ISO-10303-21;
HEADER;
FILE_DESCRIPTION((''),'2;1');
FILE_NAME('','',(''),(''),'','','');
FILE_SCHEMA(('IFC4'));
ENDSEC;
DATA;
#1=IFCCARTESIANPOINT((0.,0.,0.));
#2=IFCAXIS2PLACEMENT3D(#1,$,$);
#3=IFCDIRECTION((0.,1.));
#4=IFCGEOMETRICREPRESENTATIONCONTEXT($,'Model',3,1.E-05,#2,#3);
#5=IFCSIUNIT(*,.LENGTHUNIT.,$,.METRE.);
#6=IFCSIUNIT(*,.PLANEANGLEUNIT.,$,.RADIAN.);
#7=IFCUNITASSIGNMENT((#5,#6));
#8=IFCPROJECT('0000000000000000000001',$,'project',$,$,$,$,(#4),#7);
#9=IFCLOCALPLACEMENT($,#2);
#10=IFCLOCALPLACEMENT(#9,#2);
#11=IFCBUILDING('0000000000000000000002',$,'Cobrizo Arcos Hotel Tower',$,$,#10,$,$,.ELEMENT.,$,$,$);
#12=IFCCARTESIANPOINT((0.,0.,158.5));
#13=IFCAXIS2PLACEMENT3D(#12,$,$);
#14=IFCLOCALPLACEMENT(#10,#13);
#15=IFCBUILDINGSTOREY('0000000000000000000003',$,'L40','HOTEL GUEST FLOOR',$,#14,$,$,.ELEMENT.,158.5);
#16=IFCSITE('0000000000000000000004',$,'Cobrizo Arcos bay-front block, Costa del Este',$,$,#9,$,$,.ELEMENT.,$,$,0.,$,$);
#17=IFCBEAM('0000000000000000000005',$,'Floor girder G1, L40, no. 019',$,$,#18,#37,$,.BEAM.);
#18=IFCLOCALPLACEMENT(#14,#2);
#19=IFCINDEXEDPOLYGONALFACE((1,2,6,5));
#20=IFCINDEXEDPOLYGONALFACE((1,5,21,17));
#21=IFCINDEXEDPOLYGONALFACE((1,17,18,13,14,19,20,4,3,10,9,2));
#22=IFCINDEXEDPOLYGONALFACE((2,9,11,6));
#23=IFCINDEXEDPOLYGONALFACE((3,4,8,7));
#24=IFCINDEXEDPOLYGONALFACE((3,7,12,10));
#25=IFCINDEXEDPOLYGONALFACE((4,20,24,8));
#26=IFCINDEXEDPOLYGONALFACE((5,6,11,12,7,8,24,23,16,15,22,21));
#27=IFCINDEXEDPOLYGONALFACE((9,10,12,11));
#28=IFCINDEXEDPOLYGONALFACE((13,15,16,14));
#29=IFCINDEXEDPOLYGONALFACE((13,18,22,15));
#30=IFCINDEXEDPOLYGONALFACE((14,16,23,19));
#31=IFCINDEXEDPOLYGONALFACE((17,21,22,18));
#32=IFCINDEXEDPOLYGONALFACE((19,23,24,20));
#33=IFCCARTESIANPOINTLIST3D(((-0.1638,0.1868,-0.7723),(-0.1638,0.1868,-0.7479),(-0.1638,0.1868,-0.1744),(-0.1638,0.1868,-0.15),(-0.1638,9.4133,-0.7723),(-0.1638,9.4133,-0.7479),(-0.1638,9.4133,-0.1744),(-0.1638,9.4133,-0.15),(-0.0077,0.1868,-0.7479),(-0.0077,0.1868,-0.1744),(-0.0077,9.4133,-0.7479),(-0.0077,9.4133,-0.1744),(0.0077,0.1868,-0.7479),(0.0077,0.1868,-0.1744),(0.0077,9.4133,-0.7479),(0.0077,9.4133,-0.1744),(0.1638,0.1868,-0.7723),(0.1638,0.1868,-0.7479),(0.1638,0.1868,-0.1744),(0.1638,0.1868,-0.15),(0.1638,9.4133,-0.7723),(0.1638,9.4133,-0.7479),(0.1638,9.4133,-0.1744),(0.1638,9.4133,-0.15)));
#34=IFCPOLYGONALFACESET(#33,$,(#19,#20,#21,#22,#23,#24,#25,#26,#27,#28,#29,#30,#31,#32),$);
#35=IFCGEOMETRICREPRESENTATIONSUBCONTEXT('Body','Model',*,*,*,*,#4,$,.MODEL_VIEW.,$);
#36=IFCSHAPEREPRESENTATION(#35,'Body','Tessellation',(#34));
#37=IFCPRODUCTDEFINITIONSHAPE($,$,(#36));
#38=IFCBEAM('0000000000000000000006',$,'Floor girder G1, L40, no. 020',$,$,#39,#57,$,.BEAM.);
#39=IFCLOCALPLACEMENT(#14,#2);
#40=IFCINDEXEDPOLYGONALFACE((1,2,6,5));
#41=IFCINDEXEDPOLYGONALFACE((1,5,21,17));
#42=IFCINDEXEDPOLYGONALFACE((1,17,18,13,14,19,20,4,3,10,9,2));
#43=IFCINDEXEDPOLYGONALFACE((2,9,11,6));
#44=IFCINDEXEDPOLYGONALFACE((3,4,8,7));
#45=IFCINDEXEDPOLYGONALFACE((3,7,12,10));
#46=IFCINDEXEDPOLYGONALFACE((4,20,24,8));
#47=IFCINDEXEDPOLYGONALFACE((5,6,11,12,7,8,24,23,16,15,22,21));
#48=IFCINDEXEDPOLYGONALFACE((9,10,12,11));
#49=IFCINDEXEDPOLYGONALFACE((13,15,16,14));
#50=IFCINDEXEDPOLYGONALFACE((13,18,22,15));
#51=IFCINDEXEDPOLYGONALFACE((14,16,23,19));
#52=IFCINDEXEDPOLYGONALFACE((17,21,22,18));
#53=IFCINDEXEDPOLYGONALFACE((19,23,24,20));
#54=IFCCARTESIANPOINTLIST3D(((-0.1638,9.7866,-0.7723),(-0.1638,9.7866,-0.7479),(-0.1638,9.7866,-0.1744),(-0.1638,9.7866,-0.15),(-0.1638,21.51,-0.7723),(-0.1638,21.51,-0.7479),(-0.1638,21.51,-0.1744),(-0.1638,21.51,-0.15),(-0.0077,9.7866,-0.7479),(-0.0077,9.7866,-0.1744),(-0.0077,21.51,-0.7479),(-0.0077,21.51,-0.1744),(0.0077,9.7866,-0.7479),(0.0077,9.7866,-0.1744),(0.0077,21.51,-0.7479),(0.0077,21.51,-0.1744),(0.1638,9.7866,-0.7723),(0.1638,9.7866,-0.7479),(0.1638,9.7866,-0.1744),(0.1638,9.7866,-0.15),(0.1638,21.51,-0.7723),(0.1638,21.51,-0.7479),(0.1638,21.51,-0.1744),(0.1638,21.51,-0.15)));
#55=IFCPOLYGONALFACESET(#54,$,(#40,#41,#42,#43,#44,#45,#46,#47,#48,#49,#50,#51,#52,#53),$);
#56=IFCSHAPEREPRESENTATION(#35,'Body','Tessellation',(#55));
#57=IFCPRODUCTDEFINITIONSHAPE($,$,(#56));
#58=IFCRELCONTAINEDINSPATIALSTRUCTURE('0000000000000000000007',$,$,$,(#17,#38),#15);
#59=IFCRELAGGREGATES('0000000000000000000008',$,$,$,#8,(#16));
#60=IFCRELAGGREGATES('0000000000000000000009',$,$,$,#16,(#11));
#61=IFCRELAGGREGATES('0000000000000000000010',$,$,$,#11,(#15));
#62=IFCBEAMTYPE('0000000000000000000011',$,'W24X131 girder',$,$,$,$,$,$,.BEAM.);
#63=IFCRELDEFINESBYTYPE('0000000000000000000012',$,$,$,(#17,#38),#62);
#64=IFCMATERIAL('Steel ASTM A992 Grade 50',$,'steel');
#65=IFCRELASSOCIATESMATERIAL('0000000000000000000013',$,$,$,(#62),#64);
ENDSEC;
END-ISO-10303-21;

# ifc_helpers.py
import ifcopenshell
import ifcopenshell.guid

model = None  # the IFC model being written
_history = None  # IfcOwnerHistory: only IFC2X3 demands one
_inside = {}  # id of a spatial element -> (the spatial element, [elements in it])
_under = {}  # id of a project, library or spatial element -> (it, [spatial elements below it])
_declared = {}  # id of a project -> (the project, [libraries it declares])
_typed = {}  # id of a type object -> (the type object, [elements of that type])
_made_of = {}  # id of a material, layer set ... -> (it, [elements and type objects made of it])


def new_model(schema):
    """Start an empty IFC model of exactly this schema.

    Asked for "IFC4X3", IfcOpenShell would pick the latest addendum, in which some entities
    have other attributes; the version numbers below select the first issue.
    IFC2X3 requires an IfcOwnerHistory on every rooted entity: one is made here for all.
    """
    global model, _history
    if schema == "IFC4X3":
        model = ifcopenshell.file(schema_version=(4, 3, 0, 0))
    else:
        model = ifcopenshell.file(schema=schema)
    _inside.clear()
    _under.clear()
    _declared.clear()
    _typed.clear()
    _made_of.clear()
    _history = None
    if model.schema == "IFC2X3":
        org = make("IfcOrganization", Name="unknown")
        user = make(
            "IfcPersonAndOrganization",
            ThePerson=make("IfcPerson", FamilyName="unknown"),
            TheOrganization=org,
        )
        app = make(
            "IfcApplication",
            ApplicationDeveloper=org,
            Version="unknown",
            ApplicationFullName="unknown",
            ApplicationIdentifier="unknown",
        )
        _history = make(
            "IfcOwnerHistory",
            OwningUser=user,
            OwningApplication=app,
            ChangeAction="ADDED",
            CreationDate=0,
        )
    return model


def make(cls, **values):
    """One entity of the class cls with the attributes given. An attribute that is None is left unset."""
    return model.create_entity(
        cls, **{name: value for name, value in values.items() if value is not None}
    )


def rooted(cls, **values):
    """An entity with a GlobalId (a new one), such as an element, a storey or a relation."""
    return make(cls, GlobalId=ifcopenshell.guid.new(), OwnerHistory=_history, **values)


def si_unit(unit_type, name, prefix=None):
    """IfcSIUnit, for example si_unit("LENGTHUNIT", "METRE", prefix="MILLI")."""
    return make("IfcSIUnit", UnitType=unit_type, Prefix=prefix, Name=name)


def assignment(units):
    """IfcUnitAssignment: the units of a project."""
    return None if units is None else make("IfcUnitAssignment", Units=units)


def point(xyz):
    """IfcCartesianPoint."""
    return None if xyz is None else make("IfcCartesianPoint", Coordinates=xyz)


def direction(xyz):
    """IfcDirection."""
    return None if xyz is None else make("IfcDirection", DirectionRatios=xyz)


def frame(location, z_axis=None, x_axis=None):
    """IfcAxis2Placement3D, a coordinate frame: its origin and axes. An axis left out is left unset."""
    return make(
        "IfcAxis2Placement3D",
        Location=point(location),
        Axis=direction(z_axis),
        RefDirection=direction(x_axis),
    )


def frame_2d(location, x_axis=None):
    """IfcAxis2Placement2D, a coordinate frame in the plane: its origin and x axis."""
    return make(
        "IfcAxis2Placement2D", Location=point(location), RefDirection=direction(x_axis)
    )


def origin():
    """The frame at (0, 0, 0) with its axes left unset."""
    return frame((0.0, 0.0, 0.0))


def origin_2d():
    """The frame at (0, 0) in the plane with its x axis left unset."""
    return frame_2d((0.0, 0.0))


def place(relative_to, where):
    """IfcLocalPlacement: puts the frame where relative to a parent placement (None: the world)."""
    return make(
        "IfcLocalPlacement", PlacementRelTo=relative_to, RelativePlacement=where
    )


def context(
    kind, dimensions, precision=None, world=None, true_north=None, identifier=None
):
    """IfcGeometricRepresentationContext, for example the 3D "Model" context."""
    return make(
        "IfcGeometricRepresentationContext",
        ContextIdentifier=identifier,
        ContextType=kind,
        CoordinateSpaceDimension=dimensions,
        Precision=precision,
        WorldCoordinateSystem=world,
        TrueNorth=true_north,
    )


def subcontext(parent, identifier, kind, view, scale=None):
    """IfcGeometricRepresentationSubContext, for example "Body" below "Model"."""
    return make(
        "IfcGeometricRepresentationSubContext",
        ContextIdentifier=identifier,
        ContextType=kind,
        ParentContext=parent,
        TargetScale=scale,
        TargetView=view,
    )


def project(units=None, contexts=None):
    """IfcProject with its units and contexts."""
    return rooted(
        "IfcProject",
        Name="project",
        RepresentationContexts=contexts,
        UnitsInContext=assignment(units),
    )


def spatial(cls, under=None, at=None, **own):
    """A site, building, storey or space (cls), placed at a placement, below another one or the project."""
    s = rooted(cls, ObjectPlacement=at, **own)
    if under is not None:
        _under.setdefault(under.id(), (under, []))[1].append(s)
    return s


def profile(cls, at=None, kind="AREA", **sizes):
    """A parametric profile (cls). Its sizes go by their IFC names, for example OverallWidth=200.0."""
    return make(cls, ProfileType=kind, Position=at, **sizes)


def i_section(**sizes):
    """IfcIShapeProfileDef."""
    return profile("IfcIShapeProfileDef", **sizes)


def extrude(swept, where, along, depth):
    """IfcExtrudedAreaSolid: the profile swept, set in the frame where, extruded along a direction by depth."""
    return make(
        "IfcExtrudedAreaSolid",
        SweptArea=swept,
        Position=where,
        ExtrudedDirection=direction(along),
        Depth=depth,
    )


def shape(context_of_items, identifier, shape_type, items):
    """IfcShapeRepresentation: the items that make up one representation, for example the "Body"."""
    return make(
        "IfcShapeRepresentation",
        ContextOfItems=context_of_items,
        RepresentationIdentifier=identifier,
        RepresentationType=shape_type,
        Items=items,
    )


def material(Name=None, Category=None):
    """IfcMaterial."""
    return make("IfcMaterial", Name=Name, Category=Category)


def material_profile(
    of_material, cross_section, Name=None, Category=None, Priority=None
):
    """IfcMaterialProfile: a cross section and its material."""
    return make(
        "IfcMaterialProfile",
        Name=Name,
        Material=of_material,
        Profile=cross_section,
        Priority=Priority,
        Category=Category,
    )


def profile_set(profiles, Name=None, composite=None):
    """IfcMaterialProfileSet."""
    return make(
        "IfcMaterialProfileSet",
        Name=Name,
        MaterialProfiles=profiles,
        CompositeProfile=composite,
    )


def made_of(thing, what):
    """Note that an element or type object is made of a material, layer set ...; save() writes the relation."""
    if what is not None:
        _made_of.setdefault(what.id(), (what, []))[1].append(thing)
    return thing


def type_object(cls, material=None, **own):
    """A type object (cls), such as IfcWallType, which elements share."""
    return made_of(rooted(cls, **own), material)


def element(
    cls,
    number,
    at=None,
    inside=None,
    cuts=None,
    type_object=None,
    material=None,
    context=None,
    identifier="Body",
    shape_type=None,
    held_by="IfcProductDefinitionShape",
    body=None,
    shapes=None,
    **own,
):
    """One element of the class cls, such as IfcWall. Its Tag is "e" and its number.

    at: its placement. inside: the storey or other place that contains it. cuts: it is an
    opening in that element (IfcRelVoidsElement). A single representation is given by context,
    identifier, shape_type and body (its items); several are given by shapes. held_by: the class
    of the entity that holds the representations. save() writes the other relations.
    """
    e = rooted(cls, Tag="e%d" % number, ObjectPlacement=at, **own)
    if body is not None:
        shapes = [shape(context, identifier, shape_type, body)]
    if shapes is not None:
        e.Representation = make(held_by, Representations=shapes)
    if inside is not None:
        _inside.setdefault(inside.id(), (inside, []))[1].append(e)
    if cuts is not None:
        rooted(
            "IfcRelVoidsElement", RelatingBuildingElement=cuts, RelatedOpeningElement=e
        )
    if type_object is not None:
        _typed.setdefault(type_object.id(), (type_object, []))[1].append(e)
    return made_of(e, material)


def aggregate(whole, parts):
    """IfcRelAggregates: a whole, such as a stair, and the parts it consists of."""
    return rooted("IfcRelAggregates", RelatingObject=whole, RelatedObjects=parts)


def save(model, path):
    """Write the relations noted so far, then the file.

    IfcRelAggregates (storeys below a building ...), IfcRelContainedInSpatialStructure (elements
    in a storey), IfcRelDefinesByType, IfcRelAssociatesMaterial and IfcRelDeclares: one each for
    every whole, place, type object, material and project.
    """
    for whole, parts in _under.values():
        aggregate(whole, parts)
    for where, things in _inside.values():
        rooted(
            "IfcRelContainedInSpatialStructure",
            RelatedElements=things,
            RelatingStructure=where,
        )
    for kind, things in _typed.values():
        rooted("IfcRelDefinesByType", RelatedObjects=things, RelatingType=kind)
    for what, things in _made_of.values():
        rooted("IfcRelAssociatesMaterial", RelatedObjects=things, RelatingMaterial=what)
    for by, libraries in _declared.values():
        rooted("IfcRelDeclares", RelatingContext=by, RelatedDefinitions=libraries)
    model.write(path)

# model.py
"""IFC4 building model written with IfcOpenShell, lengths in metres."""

from ifc_helpers import new_model, si_unit, direction, frame, origin, origin_2d, place, context, subcontext, project, spatial, i_section, extrude, material, material_profile, profile_set, type_object, element, save


model = new_model("IFC4")

# Units and contexts
model_context = context("Model", 3, precision=1e-05, world=origin(), true_north=direction((0.0, 1.0)))
body_context = subcontext(model_context, "Body", "Model", "MODEL_VIEW")
ifc_project = project(units=[si_unit("LENGTHUNIT", "METRE"), si_unit("PLANEANGLEUNIT", "RADIAN")], contexts=[model_context])

# Site, building, storey
site_placement = place(None, origin())
site = spatial("IfcSite", under=ifc_project, at=site_placement, Name="Cobrizo Arcos bay-front block, Costa del Este", CompositionType="ELEMENT", RefElevation=0.0)
building_placement = place(site_placement, origin())
building = spatial("IfcBuilding", under=site, at=building_placement, Name="Cobrizo Arcos Hotel Tower", CompositionType="ELEMENT")
storey_placement = place(building_placement, frame((0.0, 0.0, 158.5)))
storey = spatial("IfcBuildingStorey", under=building, at=storey_placement, Name="L40", Description="HOTEL GUEST FLOOR", CompositionType="ELEMENT", Elevation=158.5)

# Shared definitions
ifc_material_1 = material(Name="Steel ASTM A992 Grade 50", Category="steel")

# Beams
ifc_material_profile_1 = material_profile(ifc_material_1, i_section(OverallWidth=0.3276, OverallDepth=0.6223, WebThickness=0.0154, FlangeThickness=0.0244, at=origin_2d()), Name="W24X131")
ifc_profile_set_1 = profile_set([ifc_material_profile_1], Name="Steel ASTM A992 Grade 50")
beam_type_1 = type_object("IfcBeamType", Name="W24X131 girder", PredefinedType="BEAM", material=ifc_profile_set_1)
beam_1_placement = place(storey_placement, frame((0.0, 0.1868, -0.4612), z_axis=(0.0, 1.0, 0.0), x_axis=(-1.0, 0.0, 0.0)))
element("IfcBeam", 1, at=beam_1_placement, inside=storey, type_object=beam_type_1, Name="Floor girder G1, L40, no. 019", PredefinedType="BEAM", context=body_context, shape_type="SweptSolid", body=[
    extrude(i_section(OverallWidth=0.3276, OverallDepth=0.6223, WebThickness=0.0154, FlangeThickness=0.0244, at=origin_2d()), origin(), (0.0, 0.0, 1.0), 9.2266),
])
beam_2_placement = place(storey_placement, frame((0.0, 9.7866, -0.4612), z_axis=(0.0, 1.0, 0.0), x_axis=(-1.0, 0.0, 0.0)))
element("IfcBeam", 2, at=beam_2_placement, inside=storey, type_object=beam_type_1, Name="Floor girder G1, L40, no. 020", PredefinedType="BEAM", context=body_context, shape_type="SweptSolid", body=[
    extrude(i_section(OverallWidth=0.3276, OverallDepth=0.6223, WebThickness=0.0154, FlangeThickness=0.0244, at=origin_2d()), origin(), (0.0, 0.0, 1.0), 11.7234),
])

save(model, "model.ifc")
